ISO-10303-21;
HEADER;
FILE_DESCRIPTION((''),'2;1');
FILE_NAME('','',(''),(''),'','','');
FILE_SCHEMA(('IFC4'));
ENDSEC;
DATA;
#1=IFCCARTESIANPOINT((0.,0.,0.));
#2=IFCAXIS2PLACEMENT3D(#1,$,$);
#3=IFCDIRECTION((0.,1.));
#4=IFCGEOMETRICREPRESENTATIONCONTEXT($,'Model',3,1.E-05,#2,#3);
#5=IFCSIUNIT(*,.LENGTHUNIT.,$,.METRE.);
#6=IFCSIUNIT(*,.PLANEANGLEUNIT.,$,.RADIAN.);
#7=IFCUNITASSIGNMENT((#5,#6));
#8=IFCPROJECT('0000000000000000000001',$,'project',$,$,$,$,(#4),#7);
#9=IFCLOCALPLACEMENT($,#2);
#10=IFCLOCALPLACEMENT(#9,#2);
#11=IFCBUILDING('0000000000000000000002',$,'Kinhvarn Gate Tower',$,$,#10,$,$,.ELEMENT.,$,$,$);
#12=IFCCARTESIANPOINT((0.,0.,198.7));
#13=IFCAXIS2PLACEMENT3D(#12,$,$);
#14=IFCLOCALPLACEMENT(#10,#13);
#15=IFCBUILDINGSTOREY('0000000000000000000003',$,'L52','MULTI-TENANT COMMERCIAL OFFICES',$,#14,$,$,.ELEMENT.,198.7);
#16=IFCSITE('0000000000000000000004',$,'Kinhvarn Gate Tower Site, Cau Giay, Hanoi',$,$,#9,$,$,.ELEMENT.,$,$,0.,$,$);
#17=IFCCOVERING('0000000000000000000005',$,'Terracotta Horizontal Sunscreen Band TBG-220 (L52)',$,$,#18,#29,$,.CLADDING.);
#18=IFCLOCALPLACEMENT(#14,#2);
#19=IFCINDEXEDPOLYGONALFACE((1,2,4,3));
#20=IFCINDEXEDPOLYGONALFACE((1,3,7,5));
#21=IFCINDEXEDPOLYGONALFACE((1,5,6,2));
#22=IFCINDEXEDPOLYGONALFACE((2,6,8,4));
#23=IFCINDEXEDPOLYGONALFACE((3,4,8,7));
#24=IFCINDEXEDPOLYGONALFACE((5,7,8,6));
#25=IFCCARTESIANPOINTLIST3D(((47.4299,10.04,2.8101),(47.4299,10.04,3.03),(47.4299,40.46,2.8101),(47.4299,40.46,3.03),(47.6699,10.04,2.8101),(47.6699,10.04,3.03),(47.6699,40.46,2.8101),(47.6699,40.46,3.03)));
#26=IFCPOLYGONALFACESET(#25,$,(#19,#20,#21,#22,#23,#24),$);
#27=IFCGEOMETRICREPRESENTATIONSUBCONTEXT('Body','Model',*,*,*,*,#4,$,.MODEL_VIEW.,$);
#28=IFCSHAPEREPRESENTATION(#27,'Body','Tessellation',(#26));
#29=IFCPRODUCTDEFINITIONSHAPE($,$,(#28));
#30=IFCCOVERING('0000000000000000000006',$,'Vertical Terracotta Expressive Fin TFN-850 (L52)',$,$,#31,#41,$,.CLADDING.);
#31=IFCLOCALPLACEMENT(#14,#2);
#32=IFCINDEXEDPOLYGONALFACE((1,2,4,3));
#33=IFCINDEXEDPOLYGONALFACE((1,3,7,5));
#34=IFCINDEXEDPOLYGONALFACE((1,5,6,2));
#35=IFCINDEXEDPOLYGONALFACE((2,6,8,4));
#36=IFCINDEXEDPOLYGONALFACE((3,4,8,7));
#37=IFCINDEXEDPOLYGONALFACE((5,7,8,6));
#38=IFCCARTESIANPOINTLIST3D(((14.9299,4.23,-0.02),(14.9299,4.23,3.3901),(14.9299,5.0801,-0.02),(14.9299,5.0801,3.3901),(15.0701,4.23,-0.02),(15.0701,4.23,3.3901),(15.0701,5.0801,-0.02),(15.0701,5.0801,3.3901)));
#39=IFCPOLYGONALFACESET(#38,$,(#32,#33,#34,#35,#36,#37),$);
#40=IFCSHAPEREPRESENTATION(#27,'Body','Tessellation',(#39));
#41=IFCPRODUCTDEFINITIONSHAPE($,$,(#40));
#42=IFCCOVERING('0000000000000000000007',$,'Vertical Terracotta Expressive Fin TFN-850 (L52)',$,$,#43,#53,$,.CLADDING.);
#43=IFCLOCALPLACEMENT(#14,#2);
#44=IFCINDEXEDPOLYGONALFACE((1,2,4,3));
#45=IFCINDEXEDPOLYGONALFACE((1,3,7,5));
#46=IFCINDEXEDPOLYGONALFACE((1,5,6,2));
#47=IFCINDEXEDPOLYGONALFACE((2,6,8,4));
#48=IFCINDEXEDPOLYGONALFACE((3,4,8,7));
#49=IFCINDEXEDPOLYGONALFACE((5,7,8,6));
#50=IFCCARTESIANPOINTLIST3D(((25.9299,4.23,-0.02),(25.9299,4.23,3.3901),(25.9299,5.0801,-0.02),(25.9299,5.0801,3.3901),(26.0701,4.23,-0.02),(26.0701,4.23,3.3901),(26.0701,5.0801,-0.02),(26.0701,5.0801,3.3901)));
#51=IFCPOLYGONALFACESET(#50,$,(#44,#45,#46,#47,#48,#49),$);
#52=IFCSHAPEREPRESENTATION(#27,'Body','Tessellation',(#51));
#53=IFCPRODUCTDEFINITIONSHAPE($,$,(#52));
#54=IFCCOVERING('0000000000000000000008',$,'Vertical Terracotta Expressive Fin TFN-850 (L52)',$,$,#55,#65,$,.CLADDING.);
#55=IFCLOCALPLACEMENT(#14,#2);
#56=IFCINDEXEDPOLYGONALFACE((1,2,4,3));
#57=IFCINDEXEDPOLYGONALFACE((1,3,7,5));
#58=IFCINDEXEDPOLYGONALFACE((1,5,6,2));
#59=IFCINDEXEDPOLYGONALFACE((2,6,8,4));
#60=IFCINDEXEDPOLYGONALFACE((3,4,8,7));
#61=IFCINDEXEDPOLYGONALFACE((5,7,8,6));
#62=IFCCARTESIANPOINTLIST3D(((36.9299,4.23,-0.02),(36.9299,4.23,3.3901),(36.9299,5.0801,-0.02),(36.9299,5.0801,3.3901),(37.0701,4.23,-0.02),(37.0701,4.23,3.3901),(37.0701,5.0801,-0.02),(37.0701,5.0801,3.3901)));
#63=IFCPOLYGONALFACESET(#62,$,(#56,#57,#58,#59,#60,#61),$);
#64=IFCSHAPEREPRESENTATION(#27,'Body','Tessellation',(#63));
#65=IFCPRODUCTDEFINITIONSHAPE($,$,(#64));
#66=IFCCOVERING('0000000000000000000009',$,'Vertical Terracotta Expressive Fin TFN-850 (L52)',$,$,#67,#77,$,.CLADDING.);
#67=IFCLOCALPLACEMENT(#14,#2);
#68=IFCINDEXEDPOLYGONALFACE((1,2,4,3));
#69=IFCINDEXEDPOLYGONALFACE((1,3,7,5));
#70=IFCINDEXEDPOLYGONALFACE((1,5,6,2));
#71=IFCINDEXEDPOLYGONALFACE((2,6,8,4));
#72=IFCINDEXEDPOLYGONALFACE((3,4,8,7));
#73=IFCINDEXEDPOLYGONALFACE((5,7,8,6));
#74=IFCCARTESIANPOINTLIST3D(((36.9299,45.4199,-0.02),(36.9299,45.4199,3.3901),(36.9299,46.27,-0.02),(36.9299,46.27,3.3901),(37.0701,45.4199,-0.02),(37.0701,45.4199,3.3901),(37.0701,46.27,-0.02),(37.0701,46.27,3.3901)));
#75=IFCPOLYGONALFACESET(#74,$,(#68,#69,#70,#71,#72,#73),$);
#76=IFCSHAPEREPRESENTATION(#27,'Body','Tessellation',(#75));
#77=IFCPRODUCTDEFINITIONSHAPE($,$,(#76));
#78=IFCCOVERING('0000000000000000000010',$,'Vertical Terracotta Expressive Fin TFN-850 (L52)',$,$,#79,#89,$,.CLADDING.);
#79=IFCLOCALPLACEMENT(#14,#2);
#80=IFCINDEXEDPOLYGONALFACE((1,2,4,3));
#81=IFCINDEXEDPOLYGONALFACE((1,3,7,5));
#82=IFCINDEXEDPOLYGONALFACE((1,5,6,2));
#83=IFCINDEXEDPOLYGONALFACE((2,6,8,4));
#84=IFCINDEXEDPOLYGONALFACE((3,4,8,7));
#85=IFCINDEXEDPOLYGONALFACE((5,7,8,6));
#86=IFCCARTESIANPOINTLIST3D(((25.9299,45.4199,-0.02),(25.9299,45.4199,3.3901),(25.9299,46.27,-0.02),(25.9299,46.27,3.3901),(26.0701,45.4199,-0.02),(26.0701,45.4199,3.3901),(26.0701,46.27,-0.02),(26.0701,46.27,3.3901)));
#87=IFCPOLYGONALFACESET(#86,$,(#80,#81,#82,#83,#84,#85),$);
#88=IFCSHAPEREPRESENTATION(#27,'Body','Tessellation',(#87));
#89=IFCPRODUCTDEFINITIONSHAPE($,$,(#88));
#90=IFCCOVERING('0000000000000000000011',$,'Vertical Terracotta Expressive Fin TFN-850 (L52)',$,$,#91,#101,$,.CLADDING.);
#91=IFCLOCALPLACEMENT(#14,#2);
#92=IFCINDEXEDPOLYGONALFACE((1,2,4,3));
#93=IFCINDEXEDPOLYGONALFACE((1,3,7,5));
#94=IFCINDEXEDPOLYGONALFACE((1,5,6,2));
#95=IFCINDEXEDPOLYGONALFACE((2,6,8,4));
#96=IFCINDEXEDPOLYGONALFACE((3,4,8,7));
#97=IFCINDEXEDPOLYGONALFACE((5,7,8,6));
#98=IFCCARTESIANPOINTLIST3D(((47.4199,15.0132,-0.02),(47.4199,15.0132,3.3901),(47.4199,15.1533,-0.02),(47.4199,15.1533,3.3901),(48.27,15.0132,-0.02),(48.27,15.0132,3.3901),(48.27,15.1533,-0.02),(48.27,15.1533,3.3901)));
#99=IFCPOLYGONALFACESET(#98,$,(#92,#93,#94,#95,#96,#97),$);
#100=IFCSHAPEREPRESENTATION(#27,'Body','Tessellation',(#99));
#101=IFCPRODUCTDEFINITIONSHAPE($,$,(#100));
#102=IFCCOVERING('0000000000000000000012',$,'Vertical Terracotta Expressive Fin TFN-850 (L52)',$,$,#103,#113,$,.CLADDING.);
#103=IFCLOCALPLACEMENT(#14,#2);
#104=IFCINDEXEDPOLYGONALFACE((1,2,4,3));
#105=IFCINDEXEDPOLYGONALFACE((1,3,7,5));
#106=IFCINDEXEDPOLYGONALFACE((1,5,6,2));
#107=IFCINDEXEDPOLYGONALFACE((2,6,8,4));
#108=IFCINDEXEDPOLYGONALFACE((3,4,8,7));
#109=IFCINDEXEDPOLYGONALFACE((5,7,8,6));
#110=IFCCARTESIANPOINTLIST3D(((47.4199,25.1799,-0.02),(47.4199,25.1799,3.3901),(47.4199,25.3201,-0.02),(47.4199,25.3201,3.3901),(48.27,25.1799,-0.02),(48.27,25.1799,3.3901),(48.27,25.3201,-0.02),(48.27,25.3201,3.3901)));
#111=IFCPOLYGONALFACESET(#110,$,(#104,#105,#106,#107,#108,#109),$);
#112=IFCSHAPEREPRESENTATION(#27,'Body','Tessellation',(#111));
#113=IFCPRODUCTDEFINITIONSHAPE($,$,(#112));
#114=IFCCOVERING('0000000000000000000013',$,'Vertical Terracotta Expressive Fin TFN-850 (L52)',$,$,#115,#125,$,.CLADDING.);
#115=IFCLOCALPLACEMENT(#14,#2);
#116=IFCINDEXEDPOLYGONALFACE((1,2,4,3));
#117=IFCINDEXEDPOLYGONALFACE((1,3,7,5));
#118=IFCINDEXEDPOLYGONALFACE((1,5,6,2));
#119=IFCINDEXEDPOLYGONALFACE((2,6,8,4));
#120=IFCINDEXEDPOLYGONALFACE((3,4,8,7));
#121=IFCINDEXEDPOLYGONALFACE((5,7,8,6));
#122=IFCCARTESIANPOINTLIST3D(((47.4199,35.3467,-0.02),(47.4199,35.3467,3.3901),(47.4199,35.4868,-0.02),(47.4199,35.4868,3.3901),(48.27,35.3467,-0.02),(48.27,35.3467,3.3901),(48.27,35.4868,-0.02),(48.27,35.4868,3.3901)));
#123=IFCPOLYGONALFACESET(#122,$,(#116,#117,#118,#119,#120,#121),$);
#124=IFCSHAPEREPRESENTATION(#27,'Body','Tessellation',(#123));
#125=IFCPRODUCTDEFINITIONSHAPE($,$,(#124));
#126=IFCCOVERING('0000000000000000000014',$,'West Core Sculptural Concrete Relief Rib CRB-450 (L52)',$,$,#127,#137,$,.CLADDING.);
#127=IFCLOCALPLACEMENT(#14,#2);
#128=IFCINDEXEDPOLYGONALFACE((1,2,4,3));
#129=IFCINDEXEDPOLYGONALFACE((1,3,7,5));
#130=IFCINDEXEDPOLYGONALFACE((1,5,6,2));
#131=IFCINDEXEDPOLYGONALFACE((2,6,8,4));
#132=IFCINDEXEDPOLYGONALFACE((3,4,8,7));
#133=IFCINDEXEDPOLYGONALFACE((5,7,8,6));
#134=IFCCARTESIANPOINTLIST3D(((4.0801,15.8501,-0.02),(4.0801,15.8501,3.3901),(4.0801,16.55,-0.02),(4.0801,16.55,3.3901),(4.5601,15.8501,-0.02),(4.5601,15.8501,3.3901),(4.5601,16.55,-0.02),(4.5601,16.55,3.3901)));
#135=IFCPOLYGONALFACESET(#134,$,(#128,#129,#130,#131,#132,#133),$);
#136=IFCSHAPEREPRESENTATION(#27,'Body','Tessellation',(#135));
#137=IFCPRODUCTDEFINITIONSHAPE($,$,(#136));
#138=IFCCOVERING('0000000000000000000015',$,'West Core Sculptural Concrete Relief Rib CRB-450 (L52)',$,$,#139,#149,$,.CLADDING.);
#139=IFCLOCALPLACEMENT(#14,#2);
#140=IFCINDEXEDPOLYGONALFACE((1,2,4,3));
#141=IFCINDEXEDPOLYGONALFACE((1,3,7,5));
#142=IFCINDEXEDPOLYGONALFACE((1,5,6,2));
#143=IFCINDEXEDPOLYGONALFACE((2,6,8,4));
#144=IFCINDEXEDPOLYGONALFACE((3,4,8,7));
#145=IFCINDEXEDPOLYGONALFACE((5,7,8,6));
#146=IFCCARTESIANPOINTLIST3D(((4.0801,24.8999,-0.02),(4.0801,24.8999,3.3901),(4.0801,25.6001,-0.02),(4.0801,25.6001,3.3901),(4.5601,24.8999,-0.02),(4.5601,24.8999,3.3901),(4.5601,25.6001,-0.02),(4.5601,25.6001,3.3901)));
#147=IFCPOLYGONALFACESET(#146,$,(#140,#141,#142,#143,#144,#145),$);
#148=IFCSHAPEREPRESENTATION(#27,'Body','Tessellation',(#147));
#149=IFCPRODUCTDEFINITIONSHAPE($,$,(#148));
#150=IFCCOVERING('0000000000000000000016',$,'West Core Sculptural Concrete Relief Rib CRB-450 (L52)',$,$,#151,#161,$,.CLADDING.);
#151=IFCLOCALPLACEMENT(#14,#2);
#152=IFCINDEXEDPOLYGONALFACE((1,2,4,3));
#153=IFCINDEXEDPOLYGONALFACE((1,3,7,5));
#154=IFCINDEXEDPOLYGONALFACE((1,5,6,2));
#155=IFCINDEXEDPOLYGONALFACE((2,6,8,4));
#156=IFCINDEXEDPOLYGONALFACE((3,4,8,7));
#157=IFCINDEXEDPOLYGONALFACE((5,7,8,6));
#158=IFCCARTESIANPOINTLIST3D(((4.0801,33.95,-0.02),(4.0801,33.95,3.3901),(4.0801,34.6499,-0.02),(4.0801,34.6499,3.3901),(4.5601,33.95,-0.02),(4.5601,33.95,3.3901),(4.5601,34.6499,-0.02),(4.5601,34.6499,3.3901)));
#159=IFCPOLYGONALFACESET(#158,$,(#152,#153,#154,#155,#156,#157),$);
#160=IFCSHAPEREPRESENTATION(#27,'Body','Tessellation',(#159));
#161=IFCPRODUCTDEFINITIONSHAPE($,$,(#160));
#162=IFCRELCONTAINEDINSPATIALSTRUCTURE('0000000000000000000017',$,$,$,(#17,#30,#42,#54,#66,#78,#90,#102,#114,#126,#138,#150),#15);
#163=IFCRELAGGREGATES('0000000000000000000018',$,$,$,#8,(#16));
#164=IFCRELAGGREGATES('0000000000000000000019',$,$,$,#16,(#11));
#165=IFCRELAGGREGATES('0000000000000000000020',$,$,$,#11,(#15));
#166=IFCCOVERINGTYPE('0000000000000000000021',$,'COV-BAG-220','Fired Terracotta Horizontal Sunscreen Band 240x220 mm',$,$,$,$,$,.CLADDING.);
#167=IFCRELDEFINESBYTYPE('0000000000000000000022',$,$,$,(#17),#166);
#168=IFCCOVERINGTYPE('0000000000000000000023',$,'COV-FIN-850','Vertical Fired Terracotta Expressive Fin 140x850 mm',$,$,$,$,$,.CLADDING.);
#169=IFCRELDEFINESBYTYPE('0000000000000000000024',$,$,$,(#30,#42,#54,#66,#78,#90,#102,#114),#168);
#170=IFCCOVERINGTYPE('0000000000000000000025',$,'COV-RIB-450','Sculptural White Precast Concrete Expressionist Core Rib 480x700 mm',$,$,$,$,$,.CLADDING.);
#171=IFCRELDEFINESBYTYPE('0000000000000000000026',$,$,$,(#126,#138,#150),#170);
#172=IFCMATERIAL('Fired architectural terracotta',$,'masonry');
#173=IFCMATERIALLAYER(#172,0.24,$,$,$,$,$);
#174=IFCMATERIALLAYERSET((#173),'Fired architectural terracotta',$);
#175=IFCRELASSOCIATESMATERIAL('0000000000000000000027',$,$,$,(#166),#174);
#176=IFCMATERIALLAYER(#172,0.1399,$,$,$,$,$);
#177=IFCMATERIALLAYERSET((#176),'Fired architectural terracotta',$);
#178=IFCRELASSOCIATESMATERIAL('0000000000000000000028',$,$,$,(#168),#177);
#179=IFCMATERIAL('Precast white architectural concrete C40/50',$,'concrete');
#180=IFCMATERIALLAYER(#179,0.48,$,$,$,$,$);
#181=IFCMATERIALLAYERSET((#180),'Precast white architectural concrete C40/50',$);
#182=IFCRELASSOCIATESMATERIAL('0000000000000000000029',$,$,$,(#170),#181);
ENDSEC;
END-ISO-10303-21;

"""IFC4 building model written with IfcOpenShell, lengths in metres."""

from ifc_helpers import new_model, si_unit, direction, frame, origin, place, context, subcontext, project, spatial, polyline, outline, extrude, material, layer, layer_set, type_object, element, save


model = new_model("IFC4")

# Units and contexts
model_context = context("Model", 3, precision=1e-05, world=origin(), true_north=direction((0.0, 1.0)))
body_context = subcontext(model_context, "Body", "Model", "MODEL_VIEW")
ifc_project = project(units=[si_unit("LENGTHUNIT", "METRE"), si_unit("PLANEANGLEUNIT", "RADIAN")], contexts=[model_context])

# Site, building, storey
site_placement = place(None, origin())
site = spatial("IfcSite", under=ifc_project, at=site_placement, Name="Kinhvarn Gate Tower Site, Cau Giay, Hanoi", CompositionType="ELEMENT", RefElevation=0.0)
building_placement = place(site_placement, origin())
building = spatial("IfcBuilding", under=site, at=building_placement, Name="Kinhvarn Gate Tower", CompositionType="ELEMENT")
storey_placement = place(building_placement, frame((0.0, 0.0, 198.7)))
storey = spatial("IfcBuildingStorey", under=building, at=storey_placement, Name="L52", Description="MULTI-TENANT COMMERCIAL OFFICES", CompositionType="ELEMENT", Elevation=198.7)

# Shared definitions
ifc_material_1 = material(Name="Precast white architectural concrete C40/50", Category="concrete")

# Coverings
ifc_material_2 = material(Name="Fired architectural terracotta", Category="masonry")
ifc_layer_1 = layer(ifc_material_2, 0.24)
ifc_layer_set_1 = layer_set([ifc_layer_1], Name="Fired architectural terracotta")
covering_type_1 = type_object("IfcCoveringType", Name="COV-BAG-220", Description="Fired Terracotta Horizontal Sunscreen Band 240x220 mm", PredefinedType="CLADDING", material=ifc_layer_set_1)
covering_1_placement = place(storey_placement, frame((0.0, 0.0, 2.8101)))
element("IfcCovering", 1, at=covering_1_placement, inside=storey, type_object=covering_type_1, Name="Terracotta Horizontal Sunscreen Band TBG-220 (L52)", PredefinedType="CLADDING", context=body_context, shape_type="SweptSolid", body=[
    extrude(outline(polyline([(47.4299, 10.04), (47.4299, 40.46), (47.6699, 40.46), (47.6699, 10.04), (47.4299, 10.04)])), origin(), (0.0, 0.0, 1.0), 0.22),
])
ifc_layer_2 = layer(ifc_material_2, 0.1399)
ifc_layer_set_2 = layer_set([ifc_layer_2], Name="Fired architectural terracotta")
covering_type_2 = type_object("IfcCoveringType", Name="COV-FIN-850", Description="Vertical Fired Terracotta Expressive Fin 140x850 mm", PredefinedType="CLADDING", material=ifc_layer_set_2)
covering_2_placement = place(storey_placement, frame((0.0, 0.0, -0.02)))
element("IfcCovering", 2, at=covering_2_placement, inside=storey, type_object=covering_type_2, Name="Vertical Terracotta Expressive Fin TFN-850 (L52)", PredefinedType="CLADDING", context=body_context, shape_type="SweptSolid", body=[
    extrude(outline(polyline([(14.9299, 5.0801), (15.0701, 5.0801), (15.0701, 4.23), (14.9299, 4.23), (14.9299, 5.0801)])), origin(), (0.0, 0.0, 1.0), 3.4102),
])
covering_3_placement = place(storey_placement, frame((0.0, 0.0, -0.02)))
element("IfcCovering", 3, at=covering_3_placement, inside=storey, type_object=covering_type_2, Name="Vertical Terracotta Expressive Fin TFN-850 (L52)", PredefinedType="CLADDING", context=body_context, shape_type="SweptSolid", body=[
    extrude(outline(polyline([(25.9299, 5.0801), (26.0701, 5.0801), (26.0701, 4.23), (25.9299, 4.23), (25.9299, 5.0801)])), origin(), (0.0, 0.0, 1.0), 3.4102),
])
covering_4_placement = place(storey_placement, frame((0.0, 0.0, -0.02)))
element("IfcCovering", 4, at=covering_4_placement, inside=storey, type_object=covering_type_2, Name="Vertical Terracotta Expressive Fin TFN-850 (L52)", PredefinedType="CLADDING", context=body_context, shape_type="SweptSolid", body=[
    extrude(outline(polyline([(36.9299, 5.0801), (37.0701, 5.0801), (37.0701, 4.23), (36.9299, 4.23), (36.9299, 5.0801)])), origin(), (0.0, 0.0, 1.0), 3.4102),
])
covering_5_placement = place(storey_placement, frame((0.0, 0.0, -0.02)))
element("IfcCovering", 5, at=covering_5_placement, inside=storey, type_object=covering_type_2, Name="Vertical Terracotta Expressive Fin TFN-850 (L52)", PredefinedType="CLADDING", context=body_context, shape_type="SweptSolid", body=[
    extrude(outline(polyline([(37.0701, 45.4199), (36.9299, 45.4199), (36.9299, 46.27), (37.0701, 46.27), (37.0701, 45.4199)])), origin(), (0.0, 0.0, 1.0), 3.4102),
])
covering_6_placement = place(storey_placement, frame((0.0, 0.0, -0.02)))
element("IfcCovering", 6, at=covering_6_placement, inside=storey, type_object=covering_type_2, Name="Vertical Terracotta Expressive Fin TFN-850 (L52)", PredefinedType="CLADDING", context=body_context, shape_type="SweptSolid", body=[
    extrude(outline(polyline([(26.0701, 45.4199), (25.9299, 45.4199), (25.9299, 46.27), (26.0701, 46.27), (26.0701, 45.4199)])), origin(), (0.0, 0.0, 1.0), 3.4102),
])
covering_7_placement = place(storey_placement, frame((0.0, 0.0, -0.02)))
element("IfcCovering", 7, at=covering_7_placement, inside=storey, type_object=covering_type_2, Name="Vertical Terracotta Expressive Fin TFN-850 (L52)", PredefinedType="CLADDING", context=body_context, shape_type="SweptSolid", body=[
    extrude(outline(polyline([(47.4199, 15.0132), (47.4199, 15.1533), (48.27, 15.1533), (48.27, 15.0132), (47.4199, 15.0132)])), origin(), (0.0, 0.0, 1.0), 3.4102),
])
covering_8_placement = place(storey_placement, frame((0.0, 0.0, -0.02)))
element("IfcCovering", 8, at=covering_8_placement, inside=storey, type_object=covering_type_2, Name="Vertical Terracotta Expressive Fin TFN-850 (L52)", PredefinedType="CLADDING", context=body_context, shape_type="SweptSolid", body=[
    extrude(outline(polyline([(47.4199, 25.1799), (47.4199, 25.3201), (48.27, 25.3201), (48.27, 25.1799), (47.4199, 25.1799)])), origin(), (0.0, 0.0, 1.0), 3.4102),
])
covering_9_placement = place(storey_placement, frame((0.0, 0.0, -0.02)))
element("IfcCovering", 9, at=covering_9_placement, inside=storey, type_object=covering_type_2, Name="Vertical Terracotta Expressive Fin TFN-850 (L52)", PredefinedType="CLADDING", context=body_context, shape_type="SweptSolid", body=[
    extrude(outline(polyline([(47.4199, 35.3467), (47.4199, 35.4868), (48.27, 35.4868), (48.27, 35.3467), (47.4199, 35.3467)])), origin(), (0.0, 0.0, 1.0), 3.4102),
])
ifc_layer_3 = layer(ifc_material_1, 0.48)
ifc_layer_set_3 = layer_set([ifc_layer_3], Name="Precast white architectural concrete C40/50")
covering_type_3 = type_object("IfcCoveringType", Name="COV-RIB-450", Description="Sculptural White Precast Concrete Expressionist Core Rib 480x700 mm", PredefinedType="CLADDING", material=ifc_layer_set_3)
covering_10_placement = place(storey_placement, frame((0.0, 0.0, -0.02)))
element("IfcCovering", 10, at=covering_10_placement, inside=storey, type_object=covering_type_3, Name="West Core Sculptural Concrete Relief Rib CRB-450 (L52)", PredefinedType="CLADDING", context=body_context, shape_type="SweptSolid", body=[
    extrude(outline(polyline([(4.0801, 15.8501), (4.5601, 15.8501), (4.5601, 16.55), (4.0801, 16.55), (4.0801, 15.8501)])), origin(), (0.0, 0.0, 1.0), 3.4102),
])
covering_11_placement = place(storey_placement, frame((0.0, 0.0, -0.02)))
element("IfcCovering", 11, at=covering_11_placement, inside=storey, type_object=covering_type_3, Name="West Core Sculptural Concrete Relief Rib CRB-450 (L52)", PredefinedType="CLADDING", context=body_context, shape_type="SweptSolid", body=[
    extrude(outline(polyline([(4.0801, 24.8999), (4.5601, 24.8999), (4.5601, 25.6001), (4.0801, 25.6001), (4.0801, 24.8999)])), origin(), (0.0, 0.0, 1.0), 3.4102),
])
covering_12_placement = place(storey_placement, frame((0.0, 0.0, -0.02)))
element("IfcCovering", 12, at=covering_12_placement, inside=storey, type_object=covering_type_3, Name="West Core Sculptural Concrete Relief Rib CRB-450 (L52)", PredefinedType="CLADDING", context=body_context, shape_type="SweptSolid", body=[
    extrude(outline(polyline([(4.0801, 33.95), (4.5601, 33.95), (4.5601, 34.6499), (4.0801, 34.6499), (4.0801, 33.95)])), origin(), (0.0, 0.0, 1.0), 3.4102),
])

save(model, "model.ifc")
